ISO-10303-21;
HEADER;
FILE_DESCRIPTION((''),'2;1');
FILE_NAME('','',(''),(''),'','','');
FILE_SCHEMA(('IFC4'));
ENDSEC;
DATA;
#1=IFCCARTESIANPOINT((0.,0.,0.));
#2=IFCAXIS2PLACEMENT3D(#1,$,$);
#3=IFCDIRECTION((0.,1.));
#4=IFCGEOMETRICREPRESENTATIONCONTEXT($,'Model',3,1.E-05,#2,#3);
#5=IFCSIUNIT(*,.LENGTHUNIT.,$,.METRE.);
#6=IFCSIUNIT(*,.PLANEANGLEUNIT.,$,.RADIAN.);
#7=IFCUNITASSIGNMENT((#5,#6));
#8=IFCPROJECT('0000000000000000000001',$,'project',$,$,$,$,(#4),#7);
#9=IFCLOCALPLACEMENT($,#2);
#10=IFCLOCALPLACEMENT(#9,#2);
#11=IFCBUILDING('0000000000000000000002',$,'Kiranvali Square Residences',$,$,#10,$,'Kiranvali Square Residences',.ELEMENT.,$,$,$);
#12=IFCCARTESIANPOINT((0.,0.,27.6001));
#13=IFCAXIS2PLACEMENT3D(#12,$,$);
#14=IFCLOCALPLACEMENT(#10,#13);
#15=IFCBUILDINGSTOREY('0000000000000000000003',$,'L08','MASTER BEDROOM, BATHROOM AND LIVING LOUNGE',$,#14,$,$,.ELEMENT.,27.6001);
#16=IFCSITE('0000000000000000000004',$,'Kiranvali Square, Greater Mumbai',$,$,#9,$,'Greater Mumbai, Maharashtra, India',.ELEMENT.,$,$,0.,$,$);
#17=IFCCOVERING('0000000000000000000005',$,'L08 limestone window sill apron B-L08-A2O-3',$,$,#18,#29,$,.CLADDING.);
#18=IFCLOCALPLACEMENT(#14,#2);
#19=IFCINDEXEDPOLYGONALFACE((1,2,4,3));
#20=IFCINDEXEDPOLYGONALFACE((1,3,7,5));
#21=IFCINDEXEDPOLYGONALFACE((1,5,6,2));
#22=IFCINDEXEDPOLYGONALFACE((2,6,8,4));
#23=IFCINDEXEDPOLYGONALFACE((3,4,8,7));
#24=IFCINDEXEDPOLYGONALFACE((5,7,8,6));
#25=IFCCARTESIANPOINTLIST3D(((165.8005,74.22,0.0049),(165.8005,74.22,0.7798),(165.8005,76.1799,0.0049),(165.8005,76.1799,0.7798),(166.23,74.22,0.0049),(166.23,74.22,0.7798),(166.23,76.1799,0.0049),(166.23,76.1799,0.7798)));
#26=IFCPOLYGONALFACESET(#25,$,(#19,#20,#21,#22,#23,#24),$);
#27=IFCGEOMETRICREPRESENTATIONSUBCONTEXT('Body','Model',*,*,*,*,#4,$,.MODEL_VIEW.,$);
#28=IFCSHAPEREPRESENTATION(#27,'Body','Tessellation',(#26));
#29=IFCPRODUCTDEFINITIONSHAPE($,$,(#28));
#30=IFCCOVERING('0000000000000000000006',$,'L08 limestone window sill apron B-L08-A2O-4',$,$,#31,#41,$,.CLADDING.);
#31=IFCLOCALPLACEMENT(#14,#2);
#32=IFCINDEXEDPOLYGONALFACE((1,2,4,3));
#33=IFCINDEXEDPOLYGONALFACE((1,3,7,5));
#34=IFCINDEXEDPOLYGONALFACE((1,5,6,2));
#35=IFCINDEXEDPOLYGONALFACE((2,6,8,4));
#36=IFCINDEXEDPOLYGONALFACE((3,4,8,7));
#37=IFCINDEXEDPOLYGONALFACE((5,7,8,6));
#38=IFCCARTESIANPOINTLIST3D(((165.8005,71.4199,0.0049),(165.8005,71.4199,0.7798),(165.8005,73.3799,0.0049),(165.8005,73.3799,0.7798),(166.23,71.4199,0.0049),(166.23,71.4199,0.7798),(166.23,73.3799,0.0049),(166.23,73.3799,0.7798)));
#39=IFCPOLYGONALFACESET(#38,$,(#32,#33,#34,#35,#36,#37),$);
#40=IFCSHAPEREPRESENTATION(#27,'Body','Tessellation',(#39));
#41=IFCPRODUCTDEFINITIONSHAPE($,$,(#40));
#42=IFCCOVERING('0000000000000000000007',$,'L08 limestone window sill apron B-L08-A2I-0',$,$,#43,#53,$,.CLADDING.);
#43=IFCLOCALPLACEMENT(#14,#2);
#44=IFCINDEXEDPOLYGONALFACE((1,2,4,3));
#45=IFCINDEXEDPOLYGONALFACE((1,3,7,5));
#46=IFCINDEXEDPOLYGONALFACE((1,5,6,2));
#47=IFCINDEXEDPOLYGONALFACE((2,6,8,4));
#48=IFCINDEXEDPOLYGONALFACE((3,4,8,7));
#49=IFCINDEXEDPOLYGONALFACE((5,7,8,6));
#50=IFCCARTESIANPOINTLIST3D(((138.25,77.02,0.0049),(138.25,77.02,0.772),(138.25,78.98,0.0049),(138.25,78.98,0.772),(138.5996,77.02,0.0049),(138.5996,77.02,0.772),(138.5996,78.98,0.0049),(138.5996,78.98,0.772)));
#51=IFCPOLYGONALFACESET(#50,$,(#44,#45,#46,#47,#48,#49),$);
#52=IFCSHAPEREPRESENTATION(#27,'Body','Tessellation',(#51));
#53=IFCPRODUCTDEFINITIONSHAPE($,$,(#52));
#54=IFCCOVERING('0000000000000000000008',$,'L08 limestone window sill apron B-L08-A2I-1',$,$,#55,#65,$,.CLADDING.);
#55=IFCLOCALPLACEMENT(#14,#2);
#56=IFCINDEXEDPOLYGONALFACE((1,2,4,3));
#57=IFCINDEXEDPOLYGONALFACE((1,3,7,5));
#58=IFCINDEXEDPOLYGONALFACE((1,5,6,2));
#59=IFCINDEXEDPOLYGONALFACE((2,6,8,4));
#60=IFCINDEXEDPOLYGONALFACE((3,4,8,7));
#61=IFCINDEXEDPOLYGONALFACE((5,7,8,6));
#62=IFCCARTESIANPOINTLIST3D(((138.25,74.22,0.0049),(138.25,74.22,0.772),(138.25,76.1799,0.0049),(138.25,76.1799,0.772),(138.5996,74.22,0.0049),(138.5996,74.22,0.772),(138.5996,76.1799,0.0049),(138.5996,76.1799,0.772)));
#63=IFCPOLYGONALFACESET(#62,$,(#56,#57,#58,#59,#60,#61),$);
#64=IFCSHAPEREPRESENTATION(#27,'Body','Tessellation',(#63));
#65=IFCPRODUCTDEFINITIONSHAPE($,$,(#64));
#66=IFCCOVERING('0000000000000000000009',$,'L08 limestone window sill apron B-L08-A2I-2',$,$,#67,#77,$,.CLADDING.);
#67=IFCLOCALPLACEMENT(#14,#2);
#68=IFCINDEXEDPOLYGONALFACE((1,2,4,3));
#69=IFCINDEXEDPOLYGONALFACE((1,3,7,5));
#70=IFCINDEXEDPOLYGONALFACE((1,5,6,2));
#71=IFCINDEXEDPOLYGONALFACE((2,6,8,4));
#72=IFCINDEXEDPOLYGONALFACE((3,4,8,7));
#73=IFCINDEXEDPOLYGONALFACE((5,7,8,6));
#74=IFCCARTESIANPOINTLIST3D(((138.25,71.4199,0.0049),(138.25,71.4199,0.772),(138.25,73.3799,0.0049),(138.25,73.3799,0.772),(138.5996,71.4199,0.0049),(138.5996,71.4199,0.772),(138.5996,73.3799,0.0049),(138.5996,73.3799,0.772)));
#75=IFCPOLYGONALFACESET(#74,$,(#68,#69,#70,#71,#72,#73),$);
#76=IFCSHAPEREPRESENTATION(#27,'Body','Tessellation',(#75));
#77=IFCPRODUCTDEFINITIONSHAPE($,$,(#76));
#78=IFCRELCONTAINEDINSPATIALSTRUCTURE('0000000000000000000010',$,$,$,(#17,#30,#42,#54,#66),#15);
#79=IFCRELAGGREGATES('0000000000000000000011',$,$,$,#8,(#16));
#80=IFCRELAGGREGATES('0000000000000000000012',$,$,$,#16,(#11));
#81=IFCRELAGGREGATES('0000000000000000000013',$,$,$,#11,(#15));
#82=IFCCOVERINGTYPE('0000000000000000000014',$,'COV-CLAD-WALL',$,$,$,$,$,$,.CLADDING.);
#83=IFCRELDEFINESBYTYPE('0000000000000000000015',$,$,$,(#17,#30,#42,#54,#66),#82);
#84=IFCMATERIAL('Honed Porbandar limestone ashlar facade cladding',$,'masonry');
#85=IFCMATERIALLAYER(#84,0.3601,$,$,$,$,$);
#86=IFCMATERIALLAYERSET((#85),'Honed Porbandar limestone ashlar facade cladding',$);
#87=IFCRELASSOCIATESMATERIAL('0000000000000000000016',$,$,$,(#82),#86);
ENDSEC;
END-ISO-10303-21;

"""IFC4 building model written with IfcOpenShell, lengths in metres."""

from ifc_helpers import new_model, si_unit, direction, frame, origin, place, context, subcontext, project, spatial, polyline, outline, extrude, material, layer, layer_set, type_object, element, save


model = new_model("IFC4")

# Units and contexts
model_context = context("Model", 3, precision=1e-05, world=origin(), true_north=direction((0.0, 1.0)))
body_context = subcontext(model_context, "Body", "Model", "MODEL_VIEW")
ifc_project = project(units=[si_unit("LENGTHUNIT", "METRE"), si_unit("PLANEANGLEUNIT", "RADIAN")], contexts=[model_context])

# Site, building, storey
site_placement = place(None, origin())
site = spatial("IfcSite", under=ifc_project, at=site_placement, Name="Kiranvali Square, Greater Mumbai", LongName="Greater Mumbai, Maharashtra, India", CompositionType="ELEMENT", RefElevation=0.0)
building_placement = place(site_placement, origin())
building = spatial("IfcBuilding", under=site, at=building_placement, Name="Kiranvali Square Residences", LongName="Kiranvali Square Residences", CompositionType="ELEMENT")
storey_placement = place(building_placement, frame((0.0, 0.0, 27.6001)))
storey = spatial("IfcBuildingStorey", under=building, at=storey_placement, Name="L08", Description="MASTER BEDROOM, BATHROOM AND LIVING LOUNGE", CompositionType="ELEMENT", Elevation=27.6001)

# Coverings
ifc_material = material(Name="Honed Porbandar limestone ashlar facade cladding", Category="masonry")
ifc_layer_1 = layer(ifc_material, 0.3601)
ifc_layer_set_1 = layer_set([ifc_layer_1], Name="Honed Porbandar limestone ashlar facade cladding")
covering_type_1 = type_object("IfcCoveringType", Name="COV-CLAD-WALL", PredefinedType="CLADDING", material=ifc_layer_set_1)
covering_1_placement = place(storey_placement, frame((0.0, 0.0, 0.0049)))
element("IfcCovering", 1, at=covering_1_placement, inside=storey, type_object=covering_type_1, Name="L08 limestone window sill apron B-L08-A2O-3", PredefinedType="CLADDING", context=body_context, shape_type="SweptSolid", body=[
    extrude(outline(polyline([(165.8005, 76.1799), (165.8005, 74.22), (166.23, 74.22), (166.23, 76.1799), (165.8005, 76.1799)])), origin(), (0.0, 0.0, 1.0), 0.7749),
])
covering_2_placement = place(storey_placement, frame((0.0, 0.0, 0.0049)))
element("IfcCovering", 2, at=covering_2_placement, inside=storey, type_object=covering_type_1, Name="L08 limestone window sill apron B-L08-A2O-4", PredefinedType="CLADDING", context=body_context, shape_type="SweptSolid", body=[
    extrude(outline(polyline([(165.8005, 73.3799), (165.8005, 71.4199), (166.23, 71.4199), (166.23, 73.3799), (165.8005, 73.3799)])), origin(), (0.0, 0.0, 1.0), 0.7749),
])
covering_3_placement = place(storey_placement, frame((0.0, 0.0, 0.0049)))
element("IfcCovering", 3, at=covering_3_placement, inside=storey, type_object=covering_type_1, Name="L08 limestone window sill apron B-L08-A2I-0", PredefinedType="CLADDING", context=body_context, shape_type="SweptSolid", body=[
    extrude(outline(polyline([(138.25, 78.98), (138.25, 77.02), (138.5996, 77.02), (138.5996, 78.98), (138.25, 78.98)])), origin(), (0.0, 0.0, 1.0), 0.7671),
])
covering_4_placement = place(storey_placement, frame((0.0, 0.0, 0.0049)))
element("IfcCovering", 4, at=covering_4_placement, inside=storey, type_object=covering_type_1, Name="L08 limestone window sill apron B-L08-A2I-1", PredefinedType="CLADDING", context=body_context, shape_type="SweptSolid", body=[
    extrude(outline(polyline([(138.25, 76.1799), (138.25, 74.22), (138.5996, 74.22), (138.5996, 76.1799), (138.25, 76.1799)])), origin(), (0.0, 0.0, 1.0), 0.7671),
])
covering_5_placement = place(storey_placement, frame((0.0, 0.0, 0.0049)))
element("IfcCovering", 5, at=covering_5_placement, inside=storey, type_object=covering_type_1, Name="L08 limestone window sill apron B-L08-A2I-2", PredefinedType="CLADDING", context=body_context, shape_type="SweptSolid", body=[
    extrude(outline(polyline([(138.25, 73.3799), (138.25, 71.4199), (138.5996, 71.4199), (138.5996, 73.3799), (138.25, 73.3799)])), origin(), (0.0, 0.0, 1.0), 0.7671),
])

save(model, "model.ifc")
